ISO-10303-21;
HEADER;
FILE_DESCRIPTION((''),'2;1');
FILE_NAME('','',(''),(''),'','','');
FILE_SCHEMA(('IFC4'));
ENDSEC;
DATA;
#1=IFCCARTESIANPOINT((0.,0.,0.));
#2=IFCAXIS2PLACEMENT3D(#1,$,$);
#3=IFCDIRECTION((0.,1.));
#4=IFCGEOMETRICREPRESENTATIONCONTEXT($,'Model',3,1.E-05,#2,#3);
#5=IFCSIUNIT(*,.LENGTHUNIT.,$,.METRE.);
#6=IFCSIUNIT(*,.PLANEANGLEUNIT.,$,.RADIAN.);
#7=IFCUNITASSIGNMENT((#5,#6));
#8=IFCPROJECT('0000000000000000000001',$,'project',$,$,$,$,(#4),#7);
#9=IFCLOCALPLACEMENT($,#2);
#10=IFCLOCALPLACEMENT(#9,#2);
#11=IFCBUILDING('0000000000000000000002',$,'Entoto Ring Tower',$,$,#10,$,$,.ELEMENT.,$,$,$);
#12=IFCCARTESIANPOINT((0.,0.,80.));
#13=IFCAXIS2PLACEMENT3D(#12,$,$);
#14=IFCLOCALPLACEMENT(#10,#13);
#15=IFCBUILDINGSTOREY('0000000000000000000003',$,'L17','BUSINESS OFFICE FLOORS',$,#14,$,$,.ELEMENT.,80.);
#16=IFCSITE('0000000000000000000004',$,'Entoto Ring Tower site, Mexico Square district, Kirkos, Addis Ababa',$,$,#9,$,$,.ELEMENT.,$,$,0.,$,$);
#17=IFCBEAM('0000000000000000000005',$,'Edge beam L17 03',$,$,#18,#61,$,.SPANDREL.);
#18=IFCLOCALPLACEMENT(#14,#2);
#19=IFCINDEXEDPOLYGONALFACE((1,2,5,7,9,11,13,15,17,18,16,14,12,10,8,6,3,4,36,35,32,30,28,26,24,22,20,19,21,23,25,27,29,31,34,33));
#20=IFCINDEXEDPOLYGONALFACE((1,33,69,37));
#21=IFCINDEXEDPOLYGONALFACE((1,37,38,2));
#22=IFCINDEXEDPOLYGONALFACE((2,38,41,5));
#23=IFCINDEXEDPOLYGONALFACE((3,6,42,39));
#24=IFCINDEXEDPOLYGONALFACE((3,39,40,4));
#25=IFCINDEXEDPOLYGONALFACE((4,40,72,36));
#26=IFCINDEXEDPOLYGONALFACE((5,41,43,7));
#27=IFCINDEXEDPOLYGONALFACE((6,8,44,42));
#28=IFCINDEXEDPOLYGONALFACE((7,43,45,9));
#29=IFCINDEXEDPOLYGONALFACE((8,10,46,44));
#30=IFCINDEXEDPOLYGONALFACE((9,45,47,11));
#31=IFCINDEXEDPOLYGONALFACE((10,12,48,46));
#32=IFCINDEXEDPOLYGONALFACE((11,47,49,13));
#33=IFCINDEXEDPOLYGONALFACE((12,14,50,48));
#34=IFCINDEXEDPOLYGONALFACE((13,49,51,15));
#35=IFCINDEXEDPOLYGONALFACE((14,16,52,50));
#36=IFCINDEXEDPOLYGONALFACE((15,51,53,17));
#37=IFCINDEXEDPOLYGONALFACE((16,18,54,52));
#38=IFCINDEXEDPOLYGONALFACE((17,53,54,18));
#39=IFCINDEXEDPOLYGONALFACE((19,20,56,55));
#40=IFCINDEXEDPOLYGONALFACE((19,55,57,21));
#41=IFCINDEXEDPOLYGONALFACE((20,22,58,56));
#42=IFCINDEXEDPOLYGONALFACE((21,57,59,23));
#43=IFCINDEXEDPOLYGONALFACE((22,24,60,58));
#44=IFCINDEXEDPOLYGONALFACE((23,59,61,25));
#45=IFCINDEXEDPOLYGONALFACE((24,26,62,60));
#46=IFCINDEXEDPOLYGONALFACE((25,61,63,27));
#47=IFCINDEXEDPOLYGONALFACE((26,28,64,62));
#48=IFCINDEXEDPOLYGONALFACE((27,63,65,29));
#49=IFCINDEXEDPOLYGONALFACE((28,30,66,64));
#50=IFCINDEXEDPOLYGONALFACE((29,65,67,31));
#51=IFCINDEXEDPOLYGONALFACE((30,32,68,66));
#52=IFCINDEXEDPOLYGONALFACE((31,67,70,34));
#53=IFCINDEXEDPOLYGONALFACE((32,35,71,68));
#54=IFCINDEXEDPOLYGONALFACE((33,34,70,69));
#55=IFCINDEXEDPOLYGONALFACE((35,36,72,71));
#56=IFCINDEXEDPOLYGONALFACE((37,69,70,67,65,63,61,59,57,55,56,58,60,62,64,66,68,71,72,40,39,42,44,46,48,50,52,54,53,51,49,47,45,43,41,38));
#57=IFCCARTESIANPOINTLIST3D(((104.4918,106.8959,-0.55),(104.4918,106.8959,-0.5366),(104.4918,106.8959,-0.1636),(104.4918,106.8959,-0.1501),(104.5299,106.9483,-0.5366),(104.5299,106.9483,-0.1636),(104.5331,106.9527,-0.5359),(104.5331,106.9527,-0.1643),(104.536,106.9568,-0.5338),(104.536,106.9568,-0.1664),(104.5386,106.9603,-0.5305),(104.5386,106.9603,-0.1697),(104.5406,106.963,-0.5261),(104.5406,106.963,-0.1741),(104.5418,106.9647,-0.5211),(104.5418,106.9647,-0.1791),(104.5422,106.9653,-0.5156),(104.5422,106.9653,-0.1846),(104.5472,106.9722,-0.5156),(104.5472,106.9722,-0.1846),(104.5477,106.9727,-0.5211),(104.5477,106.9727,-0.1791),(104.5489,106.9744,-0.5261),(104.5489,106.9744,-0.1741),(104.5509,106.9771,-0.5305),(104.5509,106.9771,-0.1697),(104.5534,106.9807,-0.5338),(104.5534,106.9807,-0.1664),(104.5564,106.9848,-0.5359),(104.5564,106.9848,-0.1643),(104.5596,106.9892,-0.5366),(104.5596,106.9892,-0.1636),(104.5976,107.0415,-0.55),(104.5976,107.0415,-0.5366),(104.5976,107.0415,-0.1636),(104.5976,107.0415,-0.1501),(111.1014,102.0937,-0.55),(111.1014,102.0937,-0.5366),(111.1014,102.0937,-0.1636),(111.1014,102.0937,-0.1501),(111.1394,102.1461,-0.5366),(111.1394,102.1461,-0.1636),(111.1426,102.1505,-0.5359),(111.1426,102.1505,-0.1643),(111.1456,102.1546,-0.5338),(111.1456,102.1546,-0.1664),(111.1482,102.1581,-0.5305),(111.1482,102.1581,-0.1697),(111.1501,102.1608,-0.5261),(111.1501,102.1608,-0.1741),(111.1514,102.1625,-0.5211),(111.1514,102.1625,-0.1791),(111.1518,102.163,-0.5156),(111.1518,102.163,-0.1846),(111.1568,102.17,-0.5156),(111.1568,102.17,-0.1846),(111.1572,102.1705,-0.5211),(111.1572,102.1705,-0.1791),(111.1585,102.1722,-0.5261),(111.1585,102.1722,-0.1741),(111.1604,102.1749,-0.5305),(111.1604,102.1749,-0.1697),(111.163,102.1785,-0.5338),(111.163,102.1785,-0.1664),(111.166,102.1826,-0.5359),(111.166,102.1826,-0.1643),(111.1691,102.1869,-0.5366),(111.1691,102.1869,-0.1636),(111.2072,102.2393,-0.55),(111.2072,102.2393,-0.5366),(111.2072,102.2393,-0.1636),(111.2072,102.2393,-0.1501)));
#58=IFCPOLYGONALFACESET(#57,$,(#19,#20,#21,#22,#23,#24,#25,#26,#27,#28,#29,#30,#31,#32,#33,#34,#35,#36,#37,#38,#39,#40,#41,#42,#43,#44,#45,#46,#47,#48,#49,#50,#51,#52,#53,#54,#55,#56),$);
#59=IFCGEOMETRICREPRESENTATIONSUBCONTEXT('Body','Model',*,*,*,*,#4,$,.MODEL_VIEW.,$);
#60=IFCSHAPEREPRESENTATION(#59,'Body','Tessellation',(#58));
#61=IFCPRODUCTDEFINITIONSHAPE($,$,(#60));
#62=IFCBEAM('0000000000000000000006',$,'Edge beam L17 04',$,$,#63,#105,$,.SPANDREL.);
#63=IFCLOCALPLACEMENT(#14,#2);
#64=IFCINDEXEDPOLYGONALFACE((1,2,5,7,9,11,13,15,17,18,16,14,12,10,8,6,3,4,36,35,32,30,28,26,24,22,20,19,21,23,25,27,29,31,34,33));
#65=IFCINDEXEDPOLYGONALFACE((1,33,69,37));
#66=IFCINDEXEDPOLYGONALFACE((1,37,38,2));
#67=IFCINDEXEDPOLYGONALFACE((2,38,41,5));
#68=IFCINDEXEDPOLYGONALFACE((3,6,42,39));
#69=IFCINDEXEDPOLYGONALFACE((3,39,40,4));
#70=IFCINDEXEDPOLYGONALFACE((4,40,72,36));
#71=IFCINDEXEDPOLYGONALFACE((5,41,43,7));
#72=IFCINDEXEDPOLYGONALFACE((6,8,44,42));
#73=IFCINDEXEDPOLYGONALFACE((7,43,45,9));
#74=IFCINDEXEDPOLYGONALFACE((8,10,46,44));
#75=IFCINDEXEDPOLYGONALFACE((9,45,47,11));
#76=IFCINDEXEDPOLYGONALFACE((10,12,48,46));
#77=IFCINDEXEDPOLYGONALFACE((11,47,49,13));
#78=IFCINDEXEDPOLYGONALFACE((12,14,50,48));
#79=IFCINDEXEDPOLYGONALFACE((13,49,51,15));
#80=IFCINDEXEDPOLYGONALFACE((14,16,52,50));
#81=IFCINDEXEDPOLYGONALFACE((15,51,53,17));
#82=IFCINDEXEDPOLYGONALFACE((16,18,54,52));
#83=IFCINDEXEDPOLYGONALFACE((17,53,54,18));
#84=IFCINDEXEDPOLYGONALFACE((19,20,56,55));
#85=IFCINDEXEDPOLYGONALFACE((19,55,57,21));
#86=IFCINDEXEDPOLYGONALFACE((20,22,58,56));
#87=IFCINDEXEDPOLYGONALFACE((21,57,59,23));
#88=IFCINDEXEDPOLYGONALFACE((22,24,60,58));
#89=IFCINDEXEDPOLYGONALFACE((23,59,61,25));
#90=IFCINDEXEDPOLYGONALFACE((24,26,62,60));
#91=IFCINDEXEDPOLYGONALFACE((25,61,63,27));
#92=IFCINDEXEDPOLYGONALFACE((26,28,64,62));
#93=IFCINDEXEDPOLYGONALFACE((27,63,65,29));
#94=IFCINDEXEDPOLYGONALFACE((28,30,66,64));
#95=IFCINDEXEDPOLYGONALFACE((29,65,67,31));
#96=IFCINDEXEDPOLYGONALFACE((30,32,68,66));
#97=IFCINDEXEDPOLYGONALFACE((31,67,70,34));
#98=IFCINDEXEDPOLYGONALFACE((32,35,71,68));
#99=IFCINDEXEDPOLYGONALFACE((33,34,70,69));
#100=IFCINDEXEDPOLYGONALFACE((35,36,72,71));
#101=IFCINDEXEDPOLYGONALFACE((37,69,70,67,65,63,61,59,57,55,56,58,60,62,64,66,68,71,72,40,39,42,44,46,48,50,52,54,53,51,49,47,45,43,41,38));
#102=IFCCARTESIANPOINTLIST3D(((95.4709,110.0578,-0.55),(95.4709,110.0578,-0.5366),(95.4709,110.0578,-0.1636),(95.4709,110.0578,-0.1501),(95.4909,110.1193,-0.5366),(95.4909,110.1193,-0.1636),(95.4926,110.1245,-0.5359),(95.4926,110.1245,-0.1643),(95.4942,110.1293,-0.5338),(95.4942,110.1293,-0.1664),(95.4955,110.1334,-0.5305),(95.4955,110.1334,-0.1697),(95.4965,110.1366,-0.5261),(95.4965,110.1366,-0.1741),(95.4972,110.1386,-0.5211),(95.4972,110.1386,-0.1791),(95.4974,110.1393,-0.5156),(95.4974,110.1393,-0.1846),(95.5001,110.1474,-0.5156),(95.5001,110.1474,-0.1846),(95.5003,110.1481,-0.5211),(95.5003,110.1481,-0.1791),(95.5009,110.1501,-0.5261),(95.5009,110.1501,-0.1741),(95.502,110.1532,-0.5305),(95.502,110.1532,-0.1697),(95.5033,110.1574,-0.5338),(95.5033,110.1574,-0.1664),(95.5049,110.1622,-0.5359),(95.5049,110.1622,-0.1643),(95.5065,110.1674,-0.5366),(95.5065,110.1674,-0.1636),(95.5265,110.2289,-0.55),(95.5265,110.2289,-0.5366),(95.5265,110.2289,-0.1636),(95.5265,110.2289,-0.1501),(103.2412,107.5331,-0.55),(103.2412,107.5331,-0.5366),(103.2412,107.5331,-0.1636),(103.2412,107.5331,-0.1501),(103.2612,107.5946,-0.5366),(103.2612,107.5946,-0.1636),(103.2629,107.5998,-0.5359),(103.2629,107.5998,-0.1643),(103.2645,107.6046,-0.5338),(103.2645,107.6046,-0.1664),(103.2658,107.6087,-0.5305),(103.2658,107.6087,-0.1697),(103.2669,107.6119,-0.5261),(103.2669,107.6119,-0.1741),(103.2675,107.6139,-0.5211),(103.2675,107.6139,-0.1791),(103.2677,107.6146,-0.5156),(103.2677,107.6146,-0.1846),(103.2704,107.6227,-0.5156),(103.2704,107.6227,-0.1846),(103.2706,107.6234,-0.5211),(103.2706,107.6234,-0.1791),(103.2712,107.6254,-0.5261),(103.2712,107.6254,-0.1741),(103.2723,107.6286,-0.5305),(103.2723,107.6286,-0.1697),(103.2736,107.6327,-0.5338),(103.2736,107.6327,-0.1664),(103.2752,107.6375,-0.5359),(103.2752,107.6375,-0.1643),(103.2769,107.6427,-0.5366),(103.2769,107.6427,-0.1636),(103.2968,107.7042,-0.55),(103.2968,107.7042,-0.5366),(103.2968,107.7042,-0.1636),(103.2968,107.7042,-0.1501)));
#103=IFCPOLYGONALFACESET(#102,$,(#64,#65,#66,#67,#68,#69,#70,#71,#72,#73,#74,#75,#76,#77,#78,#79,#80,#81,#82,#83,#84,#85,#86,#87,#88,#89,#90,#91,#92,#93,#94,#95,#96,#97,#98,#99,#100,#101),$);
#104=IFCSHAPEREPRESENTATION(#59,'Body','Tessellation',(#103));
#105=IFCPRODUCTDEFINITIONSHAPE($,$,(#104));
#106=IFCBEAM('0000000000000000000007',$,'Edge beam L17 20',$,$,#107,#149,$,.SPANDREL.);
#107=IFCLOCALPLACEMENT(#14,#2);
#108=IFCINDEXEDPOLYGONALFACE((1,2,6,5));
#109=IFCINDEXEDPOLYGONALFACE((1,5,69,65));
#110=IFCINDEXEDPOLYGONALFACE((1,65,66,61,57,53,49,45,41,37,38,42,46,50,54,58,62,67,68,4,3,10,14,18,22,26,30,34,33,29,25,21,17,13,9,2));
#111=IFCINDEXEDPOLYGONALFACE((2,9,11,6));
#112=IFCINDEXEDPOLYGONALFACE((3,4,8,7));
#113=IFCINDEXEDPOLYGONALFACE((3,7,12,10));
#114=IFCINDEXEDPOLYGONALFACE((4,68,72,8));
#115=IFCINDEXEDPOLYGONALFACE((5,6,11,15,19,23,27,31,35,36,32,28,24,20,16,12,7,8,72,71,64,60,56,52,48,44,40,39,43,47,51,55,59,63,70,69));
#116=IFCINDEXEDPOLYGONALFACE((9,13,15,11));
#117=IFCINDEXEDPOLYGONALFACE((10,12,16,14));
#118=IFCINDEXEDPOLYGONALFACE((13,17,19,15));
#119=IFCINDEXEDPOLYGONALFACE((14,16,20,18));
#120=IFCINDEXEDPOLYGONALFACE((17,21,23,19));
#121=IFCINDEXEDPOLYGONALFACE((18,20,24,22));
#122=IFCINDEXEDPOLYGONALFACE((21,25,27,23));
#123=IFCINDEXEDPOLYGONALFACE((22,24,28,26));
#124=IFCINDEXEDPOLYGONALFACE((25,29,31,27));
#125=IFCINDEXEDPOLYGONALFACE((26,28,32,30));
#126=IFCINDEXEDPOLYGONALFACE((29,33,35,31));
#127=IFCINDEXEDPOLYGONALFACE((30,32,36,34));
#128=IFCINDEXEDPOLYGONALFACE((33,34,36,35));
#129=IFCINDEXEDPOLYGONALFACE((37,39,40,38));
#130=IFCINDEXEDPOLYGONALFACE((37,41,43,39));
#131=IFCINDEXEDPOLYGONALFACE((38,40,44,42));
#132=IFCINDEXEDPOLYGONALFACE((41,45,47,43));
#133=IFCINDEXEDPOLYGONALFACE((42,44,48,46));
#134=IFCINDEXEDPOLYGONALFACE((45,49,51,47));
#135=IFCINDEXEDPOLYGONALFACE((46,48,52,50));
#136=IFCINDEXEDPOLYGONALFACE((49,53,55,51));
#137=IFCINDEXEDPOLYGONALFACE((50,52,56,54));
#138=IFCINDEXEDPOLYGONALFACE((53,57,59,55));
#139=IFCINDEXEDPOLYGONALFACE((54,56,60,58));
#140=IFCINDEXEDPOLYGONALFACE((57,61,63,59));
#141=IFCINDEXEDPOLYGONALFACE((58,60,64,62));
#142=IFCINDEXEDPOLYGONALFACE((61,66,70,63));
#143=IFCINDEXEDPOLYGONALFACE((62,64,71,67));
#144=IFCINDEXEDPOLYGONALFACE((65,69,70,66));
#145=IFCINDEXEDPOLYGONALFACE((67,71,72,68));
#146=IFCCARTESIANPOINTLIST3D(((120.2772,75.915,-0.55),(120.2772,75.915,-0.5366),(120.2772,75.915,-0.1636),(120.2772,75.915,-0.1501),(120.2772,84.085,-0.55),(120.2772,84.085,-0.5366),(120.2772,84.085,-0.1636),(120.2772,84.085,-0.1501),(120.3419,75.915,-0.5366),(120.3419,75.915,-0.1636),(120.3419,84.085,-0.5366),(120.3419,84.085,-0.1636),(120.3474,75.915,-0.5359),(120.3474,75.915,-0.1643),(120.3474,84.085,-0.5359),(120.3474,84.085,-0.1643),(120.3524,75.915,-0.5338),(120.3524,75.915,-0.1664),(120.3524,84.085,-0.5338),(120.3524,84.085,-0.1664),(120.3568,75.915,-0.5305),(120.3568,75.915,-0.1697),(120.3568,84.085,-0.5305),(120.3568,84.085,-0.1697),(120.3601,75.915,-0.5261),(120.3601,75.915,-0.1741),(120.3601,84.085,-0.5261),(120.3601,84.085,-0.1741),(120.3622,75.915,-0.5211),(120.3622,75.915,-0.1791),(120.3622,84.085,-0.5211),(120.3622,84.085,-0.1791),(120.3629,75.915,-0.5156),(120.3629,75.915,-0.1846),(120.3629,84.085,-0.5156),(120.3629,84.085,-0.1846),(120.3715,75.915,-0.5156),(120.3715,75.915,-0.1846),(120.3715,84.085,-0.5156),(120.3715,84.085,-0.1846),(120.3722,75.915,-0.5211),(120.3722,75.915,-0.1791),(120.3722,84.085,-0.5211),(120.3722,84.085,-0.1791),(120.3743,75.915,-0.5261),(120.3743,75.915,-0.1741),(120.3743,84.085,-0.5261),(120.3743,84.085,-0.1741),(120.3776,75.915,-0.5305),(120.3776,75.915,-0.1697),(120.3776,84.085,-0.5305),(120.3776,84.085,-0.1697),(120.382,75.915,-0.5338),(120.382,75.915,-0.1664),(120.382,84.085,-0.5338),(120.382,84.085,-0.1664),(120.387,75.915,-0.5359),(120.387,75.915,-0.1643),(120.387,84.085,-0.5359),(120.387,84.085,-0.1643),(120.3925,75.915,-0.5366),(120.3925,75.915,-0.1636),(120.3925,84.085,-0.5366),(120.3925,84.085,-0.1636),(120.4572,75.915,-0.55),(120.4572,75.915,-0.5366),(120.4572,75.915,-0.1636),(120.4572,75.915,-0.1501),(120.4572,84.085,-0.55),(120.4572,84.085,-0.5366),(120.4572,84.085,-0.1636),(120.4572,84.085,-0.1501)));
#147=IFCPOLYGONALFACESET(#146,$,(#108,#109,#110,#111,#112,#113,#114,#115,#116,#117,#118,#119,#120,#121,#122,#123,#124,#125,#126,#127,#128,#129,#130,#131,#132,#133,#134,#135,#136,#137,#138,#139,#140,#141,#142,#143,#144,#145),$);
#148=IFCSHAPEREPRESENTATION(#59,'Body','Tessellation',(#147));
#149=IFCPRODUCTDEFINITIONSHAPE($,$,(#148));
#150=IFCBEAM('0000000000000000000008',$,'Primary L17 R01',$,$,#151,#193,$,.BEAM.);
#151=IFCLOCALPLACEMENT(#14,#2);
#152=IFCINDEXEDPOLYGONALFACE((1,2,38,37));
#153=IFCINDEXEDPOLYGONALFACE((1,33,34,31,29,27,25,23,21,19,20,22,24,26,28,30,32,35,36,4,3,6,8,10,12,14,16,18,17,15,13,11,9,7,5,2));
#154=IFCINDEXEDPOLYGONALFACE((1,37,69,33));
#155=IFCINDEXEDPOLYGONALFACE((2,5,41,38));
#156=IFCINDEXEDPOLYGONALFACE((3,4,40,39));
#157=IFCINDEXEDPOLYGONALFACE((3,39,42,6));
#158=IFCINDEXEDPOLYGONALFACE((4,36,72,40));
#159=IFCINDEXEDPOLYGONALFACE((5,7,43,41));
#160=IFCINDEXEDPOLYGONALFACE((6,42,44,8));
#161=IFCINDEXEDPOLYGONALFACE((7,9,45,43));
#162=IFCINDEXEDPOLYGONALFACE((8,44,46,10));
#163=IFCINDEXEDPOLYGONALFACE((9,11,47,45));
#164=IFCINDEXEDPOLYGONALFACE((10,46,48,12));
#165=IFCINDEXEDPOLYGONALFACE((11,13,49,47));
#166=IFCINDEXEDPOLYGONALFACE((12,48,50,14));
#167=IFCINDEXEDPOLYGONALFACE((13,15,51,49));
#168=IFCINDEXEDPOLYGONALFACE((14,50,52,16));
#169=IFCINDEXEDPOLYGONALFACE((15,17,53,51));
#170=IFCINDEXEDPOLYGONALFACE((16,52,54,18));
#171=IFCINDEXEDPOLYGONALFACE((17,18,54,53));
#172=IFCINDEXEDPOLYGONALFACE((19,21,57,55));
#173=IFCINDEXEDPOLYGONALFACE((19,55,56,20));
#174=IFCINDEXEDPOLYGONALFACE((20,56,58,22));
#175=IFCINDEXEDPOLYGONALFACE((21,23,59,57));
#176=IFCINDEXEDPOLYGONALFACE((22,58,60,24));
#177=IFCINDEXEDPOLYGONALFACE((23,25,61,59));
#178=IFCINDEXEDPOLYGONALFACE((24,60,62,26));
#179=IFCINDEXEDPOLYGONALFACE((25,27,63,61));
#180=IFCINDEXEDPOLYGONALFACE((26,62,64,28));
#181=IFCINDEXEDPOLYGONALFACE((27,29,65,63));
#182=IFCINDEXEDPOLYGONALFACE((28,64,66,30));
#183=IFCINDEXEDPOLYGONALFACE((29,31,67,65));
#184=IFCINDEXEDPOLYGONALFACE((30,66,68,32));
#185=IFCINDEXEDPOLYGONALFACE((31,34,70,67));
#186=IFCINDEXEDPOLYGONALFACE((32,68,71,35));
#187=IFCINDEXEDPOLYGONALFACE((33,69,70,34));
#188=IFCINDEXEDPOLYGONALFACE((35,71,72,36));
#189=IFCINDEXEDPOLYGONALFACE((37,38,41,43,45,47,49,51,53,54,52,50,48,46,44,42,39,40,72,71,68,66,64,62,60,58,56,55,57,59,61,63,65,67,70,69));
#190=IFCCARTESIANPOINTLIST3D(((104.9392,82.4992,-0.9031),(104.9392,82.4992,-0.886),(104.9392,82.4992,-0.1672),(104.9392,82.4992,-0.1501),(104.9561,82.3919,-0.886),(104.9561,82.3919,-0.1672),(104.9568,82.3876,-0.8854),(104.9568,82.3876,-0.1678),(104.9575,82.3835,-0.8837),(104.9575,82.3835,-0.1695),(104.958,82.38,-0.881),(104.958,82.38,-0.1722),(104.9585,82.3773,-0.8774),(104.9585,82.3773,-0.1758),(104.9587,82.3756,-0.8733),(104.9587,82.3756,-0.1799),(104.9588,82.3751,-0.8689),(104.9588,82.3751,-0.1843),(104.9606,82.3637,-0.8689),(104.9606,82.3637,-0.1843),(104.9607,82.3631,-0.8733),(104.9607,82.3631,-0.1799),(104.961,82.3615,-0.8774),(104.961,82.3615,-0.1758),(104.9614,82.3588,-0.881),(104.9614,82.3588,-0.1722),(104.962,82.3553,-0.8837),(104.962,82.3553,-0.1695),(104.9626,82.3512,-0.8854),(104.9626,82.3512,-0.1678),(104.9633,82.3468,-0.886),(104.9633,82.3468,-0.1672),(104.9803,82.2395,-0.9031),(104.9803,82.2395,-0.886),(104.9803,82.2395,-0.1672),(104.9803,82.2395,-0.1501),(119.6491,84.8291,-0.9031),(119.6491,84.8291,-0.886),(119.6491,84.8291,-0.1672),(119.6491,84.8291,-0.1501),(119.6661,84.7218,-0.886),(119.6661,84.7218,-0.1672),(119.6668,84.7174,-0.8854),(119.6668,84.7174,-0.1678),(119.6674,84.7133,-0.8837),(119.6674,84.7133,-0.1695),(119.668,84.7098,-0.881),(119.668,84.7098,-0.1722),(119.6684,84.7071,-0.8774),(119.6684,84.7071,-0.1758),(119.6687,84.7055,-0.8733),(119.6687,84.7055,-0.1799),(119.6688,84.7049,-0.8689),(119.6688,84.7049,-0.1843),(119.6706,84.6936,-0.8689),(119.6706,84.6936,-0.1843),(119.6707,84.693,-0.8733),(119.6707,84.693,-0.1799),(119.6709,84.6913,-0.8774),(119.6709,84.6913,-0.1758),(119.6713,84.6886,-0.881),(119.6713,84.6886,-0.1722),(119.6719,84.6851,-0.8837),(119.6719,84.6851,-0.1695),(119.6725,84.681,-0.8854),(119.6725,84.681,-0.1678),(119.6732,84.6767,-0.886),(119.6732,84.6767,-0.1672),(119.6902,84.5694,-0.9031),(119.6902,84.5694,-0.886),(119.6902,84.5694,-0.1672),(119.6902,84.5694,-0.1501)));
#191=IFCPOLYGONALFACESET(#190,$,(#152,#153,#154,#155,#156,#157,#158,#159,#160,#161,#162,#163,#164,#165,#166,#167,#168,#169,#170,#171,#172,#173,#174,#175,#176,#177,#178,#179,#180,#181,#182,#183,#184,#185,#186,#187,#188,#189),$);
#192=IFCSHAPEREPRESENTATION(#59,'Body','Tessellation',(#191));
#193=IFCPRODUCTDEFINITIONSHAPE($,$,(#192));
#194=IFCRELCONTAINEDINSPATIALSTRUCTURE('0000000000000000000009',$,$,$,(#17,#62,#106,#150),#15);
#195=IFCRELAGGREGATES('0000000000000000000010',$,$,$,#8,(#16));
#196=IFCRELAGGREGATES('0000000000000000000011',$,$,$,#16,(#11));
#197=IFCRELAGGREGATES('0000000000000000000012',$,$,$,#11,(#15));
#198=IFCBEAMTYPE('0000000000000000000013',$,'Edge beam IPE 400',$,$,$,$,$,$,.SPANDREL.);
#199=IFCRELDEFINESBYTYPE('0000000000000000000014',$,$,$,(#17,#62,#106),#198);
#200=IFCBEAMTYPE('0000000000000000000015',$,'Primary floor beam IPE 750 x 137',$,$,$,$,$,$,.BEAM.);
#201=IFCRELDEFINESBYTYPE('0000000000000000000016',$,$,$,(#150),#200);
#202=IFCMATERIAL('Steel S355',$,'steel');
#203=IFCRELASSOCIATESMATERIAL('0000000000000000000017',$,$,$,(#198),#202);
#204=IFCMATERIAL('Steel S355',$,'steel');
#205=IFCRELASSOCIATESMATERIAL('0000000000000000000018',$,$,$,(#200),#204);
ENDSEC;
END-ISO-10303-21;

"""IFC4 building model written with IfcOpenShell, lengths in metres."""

from ifc_helpers import new_model, si_unit, direction, frame, origin, origin_2d, place, context, subcontext, project, spatial, i_section, extrude, material, material_profile, profile_set, type_object, element, save


model = new_model("IFC4")

# Units and contexts
model_context = context("Model", 3, precision=1e-05, world=origin(), true_north=direction((0.0, 1.0)))
body_context = subcontext(model_context, "Body", "Model", "MODEL_VIEW")
ifc_project = project(units=[si_unit("LENGTHUNIT", "METRE"), si_unit("PLANEANGLEUNIT", "RADIAN")], contexts=[model_context])

# Site, building, storey
site_placement = place(None, origin())
site = spatial("IfcSite", under=ifc_project, at=site_placement, Name="Entoto Ring Tower site, Mexico Square district, Kirkos, Addis Ababa", CompositionType="ELEMENT", RefElevation=0.0)
building_placement = place(site_placement, origin())
building = spatial("IfcBuilding", under=site, at=building_placement, Name="Entoto Ring Tower", CompositionType="ELEMENT")
storey_placement = place(building_placement, frame((0.0, 0.0, 80.0)))
storey = spatial("IfcBuildingStorey", under=building, at=storey_placement, Name="L17", Description="BUSINESS OFFICE FLOORS", CompositionType="ELEMENT", Elevation=80.0)

# Beams
ifc_material_1 = material(Name="Steel S355", Category="steel")
ifc_material_profile_1 = material_profile(ifc_material_1, i_section(OverallWidth=0.1799, OverallDepth=0.3999, WebThickness=0.0085, FlangeThickness=0.0134, FilletRadius=0.021, at=origin_2d()), Name="IPE 400")
ifc_profile_set_1 = profile_set([ifc_material_profile_1], Name="Steel S355")
beam_type_1 = type_object("IfcBeamType", Name="Edge beam IPE 400", PredefinedType="SPANDREL", material=ifc_profile_set_1)
for number, where, z_axis, x_axis, name in (
    (1, (111.1543, 102.1665, -0.3501), (-0.809013, 0.587791, 0.0), (-0.587791, -0.809013, 0.0), "Edge beam L17 03"),
):
    element("IfcBeam", number, at=place(storey_placement, frame(where, z_axis=z_axis, x_axis=x_axis)), inside=storey, type_object=beam_type_1, Name=name, PredefinedType="SPANDREL", context=body_context, shape_type="SweptSolid", body=[
        extrude(i_section(OverallWidth=0.1799, OverallDepth=0.3999, WebThickness=0.0085, FlangeThickness=0.0134, FilletRadius=0.021, at=origin_2d()), origin(), (0.0, 0.0, 1.0), 8.1699),
    ])
beam_1_placement = place(storey_placement, frame((103.269, 107.6187, -0.3501), z_axis=(-0.951058, 0.309011, 0.0), x_axis=(-0.309011, -0.951058, 0.0)))
element("IfcBeam", 2, at=beam_1_placement, inside=storey, type_object=beam_type_1, Name="Edge beam L17 04", PredefinedType="SPANDREL", context=body_context, shape_type="SweptSolid", body=[
    extrude(i_section(OverallWidth=0.1799, OverallDepth=0.3999, WebThickness=0.0085, FlangeThickness=0.0134, FilletRadius=0.021, at=origin_2d()), origin(), (0.0, 0.0, 1.0), 8.1702),
])
beam_2_placement = place(storey_placement, frame((120.3672, 75.915, -0.3501), z_axis=(0.0, 1.0, 0.0), x_axis=(-1.0, 0.0, 0.0)))
element("IfcBeam", 3, at=beam_2_placement, inside=storey, type_object=beam_type_1, Name="Edge beam L17 20", PredefinedType="SPANDREL", context=body_context, shape_type="SweptSolid", body=[
    extrude(i_section(OverallWidth=0.1799, OverallDepth=0.3999, WebThickness=0.0085, FlangeThickness=0.0134, FilletRadius=0.021, at=origin_2d()), origin(), (0.0, 0.0, 1.0), 8.1699),
])
ifc_material_2 = material(Name="Steel S355", Category="steel")
ifc_material_profile_2 = material_profile(ifc_material_2, i_section(OverallWidth=0.2629, OverallDepth=0.7529, WebThickness=0.0115, FlangeThickness=0.0171, FilletRadius=0.0171, at=origin_2d()), Name="IPE 750 x 137")
ifc_profile_set_2 = profile_set([ifc_material_profile_2], Name="Steel S355")
beam_type_2 = type_object("IfcBeamType", Name="Primary floor beam IPE 750 x 137", PredefinedType="BEAM", material=ifc_profile_set_2)
beam_3_placement = place(storey_placement, frame((104.9597, 82.3694, -0.5266), z_axis=(0.987688, 0.156435, 0.0), x_axis=(-0.156435, 0.987688, 0.0)))
element("IfcBeam", 4, at=beam_3_placement, inside=storey, type_object=beam_type_2, Name="Primary L17 R01", PredefinedType="BEAM", context=body_context, shape_type="SweptSolid", body=[
    extrude(i_section(OverallWidth=0.2629, OverallDepth=0.7529, WebThickness=0.0115, FlangeThickness=0.0171, FilletRadius=0.0171, at=origin_2d()), origin(), (0.0, 0.0, 1.0), 14.8933),
])

save(model, "model.ifc")
